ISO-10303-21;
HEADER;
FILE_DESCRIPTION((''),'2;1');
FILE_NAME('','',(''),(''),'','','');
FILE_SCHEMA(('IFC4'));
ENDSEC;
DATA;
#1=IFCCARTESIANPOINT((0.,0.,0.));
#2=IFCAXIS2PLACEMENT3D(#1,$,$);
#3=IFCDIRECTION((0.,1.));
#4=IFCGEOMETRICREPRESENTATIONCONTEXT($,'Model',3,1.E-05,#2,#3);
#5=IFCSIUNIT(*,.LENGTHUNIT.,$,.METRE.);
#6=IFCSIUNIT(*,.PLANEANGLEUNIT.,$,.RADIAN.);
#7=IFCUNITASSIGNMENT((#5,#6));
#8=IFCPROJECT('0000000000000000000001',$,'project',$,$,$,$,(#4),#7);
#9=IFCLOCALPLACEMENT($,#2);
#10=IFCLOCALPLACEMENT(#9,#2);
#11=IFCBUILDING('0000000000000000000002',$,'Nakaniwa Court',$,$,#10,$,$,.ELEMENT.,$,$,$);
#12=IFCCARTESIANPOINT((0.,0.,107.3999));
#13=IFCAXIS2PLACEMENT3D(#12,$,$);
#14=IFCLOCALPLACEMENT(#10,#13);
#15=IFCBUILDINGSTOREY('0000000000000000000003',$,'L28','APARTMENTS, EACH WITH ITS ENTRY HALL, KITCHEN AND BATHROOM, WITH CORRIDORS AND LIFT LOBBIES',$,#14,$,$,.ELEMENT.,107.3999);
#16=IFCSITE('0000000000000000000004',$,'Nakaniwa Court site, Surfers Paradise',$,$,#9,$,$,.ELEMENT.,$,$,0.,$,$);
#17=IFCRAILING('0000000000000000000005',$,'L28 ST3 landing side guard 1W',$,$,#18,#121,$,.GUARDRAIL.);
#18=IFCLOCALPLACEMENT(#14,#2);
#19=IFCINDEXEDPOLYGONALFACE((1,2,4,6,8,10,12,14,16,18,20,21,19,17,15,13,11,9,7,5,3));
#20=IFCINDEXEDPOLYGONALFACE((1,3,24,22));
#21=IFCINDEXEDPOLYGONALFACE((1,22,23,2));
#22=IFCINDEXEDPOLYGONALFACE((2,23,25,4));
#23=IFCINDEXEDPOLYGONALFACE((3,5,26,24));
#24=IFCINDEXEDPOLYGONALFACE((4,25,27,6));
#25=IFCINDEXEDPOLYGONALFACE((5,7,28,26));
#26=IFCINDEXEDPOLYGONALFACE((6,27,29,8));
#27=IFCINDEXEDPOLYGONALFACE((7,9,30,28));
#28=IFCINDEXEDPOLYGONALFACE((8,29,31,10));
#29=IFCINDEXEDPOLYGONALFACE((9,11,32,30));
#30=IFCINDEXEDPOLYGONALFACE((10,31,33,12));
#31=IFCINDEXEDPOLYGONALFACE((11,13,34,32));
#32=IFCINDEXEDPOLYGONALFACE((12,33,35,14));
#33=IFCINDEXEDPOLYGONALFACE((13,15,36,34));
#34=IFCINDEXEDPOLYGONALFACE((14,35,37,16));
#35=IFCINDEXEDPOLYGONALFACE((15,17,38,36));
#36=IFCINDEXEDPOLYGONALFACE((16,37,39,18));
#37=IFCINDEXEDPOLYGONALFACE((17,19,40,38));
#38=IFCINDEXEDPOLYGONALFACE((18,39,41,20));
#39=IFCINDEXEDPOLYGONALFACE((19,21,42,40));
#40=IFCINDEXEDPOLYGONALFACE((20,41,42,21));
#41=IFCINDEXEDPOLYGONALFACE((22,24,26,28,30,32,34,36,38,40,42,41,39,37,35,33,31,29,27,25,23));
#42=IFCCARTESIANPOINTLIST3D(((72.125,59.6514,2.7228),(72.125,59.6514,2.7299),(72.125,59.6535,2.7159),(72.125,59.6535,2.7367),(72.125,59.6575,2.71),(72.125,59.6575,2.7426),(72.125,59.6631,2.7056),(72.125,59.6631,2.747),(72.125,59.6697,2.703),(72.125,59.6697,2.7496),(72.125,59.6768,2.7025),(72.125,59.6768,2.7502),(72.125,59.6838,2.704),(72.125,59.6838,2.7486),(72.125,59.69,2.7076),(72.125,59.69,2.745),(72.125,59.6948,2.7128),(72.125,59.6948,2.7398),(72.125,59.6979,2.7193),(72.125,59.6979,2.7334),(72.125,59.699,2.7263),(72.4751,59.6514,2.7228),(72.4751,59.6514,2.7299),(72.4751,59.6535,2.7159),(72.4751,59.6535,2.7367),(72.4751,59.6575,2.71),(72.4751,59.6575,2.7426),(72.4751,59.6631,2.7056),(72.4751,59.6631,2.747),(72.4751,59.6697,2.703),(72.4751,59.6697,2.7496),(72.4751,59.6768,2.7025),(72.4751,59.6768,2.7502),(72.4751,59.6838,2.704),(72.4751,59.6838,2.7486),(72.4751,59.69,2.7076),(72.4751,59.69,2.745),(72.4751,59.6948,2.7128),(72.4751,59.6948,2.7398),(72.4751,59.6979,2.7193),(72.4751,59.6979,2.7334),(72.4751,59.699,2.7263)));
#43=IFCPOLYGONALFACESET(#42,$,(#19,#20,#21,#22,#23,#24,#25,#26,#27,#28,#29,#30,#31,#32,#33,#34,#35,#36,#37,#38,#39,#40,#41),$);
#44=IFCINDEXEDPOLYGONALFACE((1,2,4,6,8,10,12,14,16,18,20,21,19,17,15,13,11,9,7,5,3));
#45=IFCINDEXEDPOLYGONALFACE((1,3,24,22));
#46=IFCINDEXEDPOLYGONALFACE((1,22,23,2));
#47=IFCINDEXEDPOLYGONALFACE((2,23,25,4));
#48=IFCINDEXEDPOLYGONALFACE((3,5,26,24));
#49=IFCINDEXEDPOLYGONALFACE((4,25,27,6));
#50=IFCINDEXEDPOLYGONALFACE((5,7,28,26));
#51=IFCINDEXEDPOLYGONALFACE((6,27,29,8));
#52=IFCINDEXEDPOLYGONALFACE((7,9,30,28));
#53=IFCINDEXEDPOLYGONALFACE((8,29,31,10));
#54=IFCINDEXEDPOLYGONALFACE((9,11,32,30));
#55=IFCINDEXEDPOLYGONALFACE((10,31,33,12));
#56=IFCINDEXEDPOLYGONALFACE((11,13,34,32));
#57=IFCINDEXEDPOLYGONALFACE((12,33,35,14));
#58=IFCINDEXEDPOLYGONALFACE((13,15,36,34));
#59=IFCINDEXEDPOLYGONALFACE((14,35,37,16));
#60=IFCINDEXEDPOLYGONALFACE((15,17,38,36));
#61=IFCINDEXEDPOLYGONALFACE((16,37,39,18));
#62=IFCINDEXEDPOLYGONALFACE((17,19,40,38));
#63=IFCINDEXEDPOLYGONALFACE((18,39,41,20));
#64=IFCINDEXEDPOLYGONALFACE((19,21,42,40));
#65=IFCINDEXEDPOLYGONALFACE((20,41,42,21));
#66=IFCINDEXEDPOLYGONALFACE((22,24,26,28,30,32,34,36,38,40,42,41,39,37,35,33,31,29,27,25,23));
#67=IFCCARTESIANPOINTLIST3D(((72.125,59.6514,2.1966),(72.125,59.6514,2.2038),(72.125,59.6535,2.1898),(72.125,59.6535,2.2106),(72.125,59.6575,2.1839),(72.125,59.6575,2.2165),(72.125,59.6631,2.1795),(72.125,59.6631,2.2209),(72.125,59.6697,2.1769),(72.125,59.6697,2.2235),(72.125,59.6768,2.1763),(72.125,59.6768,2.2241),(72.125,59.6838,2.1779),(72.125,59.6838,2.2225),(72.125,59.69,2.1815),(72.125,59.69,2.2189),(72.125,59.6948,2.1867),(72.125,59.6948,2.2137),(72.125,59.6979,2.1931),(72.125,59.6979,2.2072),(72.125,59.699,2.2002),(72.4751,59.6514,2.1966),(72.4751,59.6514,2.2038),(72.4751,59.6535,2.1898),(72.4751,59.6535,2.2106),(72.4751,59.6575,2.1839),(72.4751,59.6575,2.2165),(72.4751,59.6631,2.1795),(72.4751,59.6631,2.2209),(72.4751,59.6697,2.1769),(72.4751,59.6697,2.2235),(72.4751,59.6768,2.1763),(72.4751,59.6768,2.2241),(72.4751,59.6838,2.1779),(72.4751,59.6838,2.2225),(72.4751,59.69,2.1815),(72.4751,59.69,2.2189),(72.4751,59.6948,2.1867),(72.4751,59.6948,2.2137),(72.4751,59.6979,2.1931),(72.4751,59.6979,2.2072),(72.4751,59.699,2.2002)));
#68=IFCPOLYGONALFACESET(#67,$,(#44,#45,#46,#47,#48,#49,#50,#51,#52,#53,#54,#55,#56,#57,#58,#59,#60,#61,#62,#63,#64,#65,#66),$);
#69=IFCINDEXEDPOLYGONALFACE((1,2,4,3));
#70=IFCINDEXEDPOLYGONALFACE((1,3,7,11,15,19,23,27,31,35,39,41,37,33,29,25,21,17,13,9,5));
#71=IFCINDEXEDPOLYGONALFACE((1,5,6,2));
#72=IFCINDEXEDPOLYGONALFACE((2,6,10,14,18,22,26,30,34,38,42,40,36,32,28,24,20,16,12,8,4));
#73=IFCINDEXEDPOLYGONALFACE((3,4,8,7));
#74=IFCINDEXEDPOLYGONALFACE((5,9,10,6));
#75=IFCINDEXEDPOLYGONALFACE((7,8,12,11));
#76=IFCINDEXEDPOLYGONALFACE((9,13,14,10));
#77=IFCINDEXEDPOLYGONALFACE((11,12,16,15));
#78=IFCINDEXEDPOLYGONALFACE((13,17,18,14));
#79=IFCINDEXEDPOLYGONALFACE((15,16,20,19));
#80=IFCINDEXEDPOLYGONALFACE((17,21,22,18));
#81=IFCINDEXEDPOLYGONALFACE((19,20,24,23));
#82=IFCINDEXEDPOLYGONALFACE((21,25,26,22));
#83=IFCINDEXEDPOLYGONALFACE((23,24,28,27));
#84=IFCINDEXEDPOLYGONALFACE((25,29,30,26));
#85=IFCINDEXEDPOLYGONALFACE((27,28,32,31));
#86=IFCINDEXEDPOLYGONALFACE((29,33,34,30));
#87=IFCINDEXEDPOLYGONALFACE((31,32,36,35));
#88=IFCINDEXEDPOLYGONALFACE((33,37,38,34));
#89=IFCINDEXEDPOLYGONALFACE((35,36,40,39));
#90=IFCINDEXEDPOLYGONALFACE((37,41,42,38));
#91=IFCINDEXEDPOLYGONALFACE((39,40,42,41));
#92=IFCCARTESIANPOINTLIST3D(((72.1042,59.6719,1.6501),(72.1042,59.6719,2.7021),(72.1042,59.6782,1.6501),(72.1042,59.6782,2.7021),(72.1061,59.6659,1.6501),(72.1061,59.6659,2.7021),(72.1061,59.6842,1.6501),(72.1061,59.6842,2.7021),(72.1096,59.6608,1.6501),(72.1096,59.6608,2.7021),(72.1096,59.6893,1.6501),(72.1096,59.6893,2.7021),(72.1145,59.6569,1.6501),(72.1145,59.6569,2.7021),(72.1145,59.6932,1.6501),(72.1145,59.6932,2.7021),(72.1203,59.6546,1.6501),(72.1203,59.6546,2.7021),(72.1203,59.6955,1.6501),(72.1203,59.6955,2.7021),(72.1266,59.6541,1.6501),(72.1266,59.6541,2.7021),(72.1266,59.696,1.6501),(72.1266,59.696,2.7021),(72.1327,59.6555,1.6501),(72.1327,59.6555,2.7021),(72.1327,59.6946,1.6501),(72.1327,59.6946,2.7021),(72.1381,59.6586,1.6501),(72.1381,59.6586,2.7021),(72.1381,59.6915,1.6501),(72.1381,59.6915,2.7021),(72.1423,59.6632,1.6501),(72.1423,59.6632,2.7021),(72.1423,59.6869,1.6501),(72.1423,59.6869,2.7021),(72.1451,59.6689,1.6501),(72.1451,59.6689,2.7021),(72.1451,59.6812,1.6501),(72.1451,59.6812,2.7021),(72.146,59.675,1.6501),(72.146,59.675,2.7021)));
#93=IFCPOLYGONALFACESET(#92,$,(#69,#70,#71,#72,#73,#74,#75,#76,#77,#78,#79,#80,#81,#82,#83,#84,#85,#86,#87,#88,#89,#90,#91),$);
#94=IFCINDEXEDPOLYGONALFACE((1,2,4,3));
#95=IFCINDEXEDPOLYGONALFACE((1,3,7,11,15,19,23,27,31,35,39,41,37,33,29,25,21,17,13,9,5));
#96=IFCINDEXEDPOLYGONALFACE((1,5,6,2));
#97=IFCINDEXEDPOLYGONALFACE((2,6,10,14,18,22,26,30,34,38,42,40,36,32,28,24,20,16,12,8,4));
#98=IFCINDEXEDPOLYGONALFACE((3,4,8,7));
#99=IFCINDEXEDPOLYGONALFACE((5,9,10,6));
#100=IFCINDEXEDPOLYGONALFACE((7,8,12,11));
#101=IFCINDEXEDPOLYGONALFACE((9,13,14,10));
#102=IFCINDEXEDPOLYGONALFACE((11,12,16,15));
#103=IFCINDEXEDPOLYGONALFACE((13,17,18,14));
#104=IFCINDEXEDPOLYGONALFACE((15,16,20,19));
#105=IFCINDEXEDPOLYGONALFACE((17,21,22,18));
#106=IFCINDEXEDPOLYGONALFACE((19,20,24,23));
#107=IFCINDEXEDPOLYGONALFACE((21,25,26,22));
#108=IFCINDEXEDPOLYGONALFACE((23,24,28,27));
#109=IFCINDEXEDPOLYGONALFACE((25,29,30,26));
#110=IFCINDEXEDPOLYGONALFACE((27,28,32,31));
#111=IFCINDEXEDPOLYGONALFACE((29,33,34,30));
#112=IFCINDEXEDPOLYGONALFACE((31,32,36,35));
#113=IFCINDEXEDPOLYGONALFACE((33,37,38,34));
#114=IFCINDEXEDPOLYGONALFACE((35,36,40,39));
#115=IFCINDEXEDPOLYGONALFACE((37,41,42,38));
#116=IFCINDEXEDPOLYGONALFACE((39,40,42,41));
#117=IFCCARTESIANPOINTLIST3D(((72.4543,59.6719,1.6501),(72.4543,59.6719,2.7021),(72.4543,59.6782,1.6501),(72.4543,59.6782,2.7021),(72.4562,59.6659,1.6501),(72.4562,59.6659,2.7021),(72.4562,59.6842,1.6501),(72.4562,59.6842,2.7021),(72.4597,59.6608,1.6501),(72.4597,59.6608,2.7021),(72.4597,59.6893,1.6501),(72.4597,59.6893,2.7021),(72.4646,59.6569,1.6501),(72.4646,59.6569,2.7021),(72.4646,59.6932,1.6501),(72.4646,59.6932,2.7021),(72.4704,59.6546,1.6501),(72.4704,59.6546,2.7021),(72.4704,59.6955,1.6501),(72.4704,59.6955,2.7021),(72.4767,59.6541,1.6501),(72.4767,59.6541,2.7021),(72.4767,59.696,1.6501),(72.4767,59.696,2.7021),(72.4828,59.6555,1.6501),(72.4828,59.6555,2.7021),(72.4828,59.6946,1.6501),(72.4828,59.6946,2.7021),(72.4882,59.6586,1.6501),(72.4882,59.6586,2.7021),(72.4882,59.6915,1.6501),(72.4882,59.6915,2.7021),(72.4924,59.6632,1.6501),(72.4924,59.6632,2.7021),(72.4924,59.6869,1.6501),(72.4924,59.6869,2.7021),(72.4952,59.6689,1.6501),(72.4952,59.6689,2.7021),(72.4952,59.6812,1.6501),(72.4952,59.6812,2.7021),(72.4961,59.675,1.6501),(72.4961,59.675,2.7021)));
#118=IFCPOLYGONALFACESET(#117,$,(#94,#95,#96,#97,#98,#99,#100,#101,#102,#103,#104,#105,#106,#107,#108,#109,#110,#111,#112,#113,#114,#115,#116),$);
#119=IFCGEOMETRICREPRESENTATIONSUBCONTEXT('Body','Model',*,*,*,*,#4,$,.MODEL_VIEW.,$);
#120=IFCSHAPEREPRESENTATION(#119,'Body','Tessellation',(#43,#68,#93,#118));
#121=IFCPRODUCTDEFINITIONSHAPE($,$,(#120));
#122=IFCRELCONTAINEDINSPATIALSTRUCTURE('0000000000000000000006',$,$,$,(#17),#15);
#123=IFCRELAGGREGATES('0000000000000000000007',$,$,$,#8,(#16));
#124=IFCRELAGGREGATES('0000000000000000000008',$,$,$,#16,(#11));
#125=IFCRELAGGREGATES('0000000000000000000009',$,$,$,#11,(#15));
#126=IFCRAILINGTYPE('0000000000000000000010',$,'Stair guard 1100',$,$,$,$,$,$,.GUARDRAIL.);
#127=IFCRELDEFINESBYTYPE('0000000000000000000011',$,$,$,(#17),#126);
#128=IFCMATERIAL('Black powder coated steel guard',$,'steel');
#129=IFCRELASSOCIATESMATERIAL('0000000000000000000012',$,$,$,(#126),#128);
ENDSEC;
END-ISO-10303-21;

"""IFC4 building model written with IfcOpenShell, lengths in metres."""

from ifc_helpers import new_model, si_unit, direction, frame, origin, origin_2d, place, context, subcontext, project, spatial, circle, extrude, material, type_object, element, save


model = new_model("IFC4")

# Units and contexts
model_context = context("Model", 3, precision=1e-05, world=origin(), true_north=direction((0.0, 1.0)))
body_context = subcontext(model_context, "Body", "Model", "MODEL_VIEW")
ifc_project = project(units=[si_unit("LENGTHUNIT", "METRE"), si_unit("PLANEANGLEUNIT", "RADIAN")], contexts=[model_context])

# Site, building, storey
site_placement = place(None, origin())
site = spatial("IfcSite", under=ifc_project, at=site_placement, Name="Nakaniwa Court site, Surfers Paradise", CompositionType="ELEMENT", RefElevation=0.0)
building_placement = place(site_placement, origin())
building = spatial("IfcBuilding", under=site, at=building_placement, Name="Nakaniwa Court", CompositionType="ELEMENT")
storey_placement = place(building_placement, frame((0.0, 0.0, 107.3999)))
storey = spatial("IfcBuildingStorey", under=building, at=storey_placement, Name="L28", Description="APARTMENTS, EACH WITH ITS ENTRY HALL, KITCHEN AND BATHROOM, WITH CORRIDORS AND LIFT LOBBIES", CompositionType="ELEMENT", Elevation=107.3999)

# Railing
ifc_material_1 = material(Name="Black powder coated steel guard", Category="steel")
railing_type_1 = type_object("IfcRailingType", Name="Stair guard 1100", PredefinedType="GUARDRAIL", material=ifc_material_1)
for number, where, name in (
    (1, (72.125, 59.675, 1.6501), "L28 ST3 landing side guard 1W"),
):
    element("IfcRailing", number, at=place(storey_placement, frame(where)), inside=storey, type_object=railing_type_1, Name=name, PredefinedType="GUARDRAIL", context=body_context, shape_type="SweptSolid", body=[
        extrude(circle(Radius=0.0239, at=origin_2d()), frame((0.0, 0.0, 1.0762), z_axis=(1.0, 0.0, 0.0), x_axis=(0.0, 1.0, 0.0)), (0.0, 0.0, 1.0), 0.3501),
        extrude(circle(Radius=0.0239, at=origin_2d()), frame((0.0, 0.0, 0.55), z_axis=(1.0, 0.0, 0.0), x_axis=(0.0, 1.0, 0.0)), (0.0, 0.0, 1.0), 0.3501),
        extrude(circle(Radius=0.021, at=origin_2d()), origin(), (0.0, 0.0, 1.0), 1.052),
        extrude(circle(Radius=0.021, at=origin_2d()), frame((0.3501, 0.0, 0.0)), (0.0, 0.0, 1.0), 1.052),
    ])

save(model, "model.ifc")
